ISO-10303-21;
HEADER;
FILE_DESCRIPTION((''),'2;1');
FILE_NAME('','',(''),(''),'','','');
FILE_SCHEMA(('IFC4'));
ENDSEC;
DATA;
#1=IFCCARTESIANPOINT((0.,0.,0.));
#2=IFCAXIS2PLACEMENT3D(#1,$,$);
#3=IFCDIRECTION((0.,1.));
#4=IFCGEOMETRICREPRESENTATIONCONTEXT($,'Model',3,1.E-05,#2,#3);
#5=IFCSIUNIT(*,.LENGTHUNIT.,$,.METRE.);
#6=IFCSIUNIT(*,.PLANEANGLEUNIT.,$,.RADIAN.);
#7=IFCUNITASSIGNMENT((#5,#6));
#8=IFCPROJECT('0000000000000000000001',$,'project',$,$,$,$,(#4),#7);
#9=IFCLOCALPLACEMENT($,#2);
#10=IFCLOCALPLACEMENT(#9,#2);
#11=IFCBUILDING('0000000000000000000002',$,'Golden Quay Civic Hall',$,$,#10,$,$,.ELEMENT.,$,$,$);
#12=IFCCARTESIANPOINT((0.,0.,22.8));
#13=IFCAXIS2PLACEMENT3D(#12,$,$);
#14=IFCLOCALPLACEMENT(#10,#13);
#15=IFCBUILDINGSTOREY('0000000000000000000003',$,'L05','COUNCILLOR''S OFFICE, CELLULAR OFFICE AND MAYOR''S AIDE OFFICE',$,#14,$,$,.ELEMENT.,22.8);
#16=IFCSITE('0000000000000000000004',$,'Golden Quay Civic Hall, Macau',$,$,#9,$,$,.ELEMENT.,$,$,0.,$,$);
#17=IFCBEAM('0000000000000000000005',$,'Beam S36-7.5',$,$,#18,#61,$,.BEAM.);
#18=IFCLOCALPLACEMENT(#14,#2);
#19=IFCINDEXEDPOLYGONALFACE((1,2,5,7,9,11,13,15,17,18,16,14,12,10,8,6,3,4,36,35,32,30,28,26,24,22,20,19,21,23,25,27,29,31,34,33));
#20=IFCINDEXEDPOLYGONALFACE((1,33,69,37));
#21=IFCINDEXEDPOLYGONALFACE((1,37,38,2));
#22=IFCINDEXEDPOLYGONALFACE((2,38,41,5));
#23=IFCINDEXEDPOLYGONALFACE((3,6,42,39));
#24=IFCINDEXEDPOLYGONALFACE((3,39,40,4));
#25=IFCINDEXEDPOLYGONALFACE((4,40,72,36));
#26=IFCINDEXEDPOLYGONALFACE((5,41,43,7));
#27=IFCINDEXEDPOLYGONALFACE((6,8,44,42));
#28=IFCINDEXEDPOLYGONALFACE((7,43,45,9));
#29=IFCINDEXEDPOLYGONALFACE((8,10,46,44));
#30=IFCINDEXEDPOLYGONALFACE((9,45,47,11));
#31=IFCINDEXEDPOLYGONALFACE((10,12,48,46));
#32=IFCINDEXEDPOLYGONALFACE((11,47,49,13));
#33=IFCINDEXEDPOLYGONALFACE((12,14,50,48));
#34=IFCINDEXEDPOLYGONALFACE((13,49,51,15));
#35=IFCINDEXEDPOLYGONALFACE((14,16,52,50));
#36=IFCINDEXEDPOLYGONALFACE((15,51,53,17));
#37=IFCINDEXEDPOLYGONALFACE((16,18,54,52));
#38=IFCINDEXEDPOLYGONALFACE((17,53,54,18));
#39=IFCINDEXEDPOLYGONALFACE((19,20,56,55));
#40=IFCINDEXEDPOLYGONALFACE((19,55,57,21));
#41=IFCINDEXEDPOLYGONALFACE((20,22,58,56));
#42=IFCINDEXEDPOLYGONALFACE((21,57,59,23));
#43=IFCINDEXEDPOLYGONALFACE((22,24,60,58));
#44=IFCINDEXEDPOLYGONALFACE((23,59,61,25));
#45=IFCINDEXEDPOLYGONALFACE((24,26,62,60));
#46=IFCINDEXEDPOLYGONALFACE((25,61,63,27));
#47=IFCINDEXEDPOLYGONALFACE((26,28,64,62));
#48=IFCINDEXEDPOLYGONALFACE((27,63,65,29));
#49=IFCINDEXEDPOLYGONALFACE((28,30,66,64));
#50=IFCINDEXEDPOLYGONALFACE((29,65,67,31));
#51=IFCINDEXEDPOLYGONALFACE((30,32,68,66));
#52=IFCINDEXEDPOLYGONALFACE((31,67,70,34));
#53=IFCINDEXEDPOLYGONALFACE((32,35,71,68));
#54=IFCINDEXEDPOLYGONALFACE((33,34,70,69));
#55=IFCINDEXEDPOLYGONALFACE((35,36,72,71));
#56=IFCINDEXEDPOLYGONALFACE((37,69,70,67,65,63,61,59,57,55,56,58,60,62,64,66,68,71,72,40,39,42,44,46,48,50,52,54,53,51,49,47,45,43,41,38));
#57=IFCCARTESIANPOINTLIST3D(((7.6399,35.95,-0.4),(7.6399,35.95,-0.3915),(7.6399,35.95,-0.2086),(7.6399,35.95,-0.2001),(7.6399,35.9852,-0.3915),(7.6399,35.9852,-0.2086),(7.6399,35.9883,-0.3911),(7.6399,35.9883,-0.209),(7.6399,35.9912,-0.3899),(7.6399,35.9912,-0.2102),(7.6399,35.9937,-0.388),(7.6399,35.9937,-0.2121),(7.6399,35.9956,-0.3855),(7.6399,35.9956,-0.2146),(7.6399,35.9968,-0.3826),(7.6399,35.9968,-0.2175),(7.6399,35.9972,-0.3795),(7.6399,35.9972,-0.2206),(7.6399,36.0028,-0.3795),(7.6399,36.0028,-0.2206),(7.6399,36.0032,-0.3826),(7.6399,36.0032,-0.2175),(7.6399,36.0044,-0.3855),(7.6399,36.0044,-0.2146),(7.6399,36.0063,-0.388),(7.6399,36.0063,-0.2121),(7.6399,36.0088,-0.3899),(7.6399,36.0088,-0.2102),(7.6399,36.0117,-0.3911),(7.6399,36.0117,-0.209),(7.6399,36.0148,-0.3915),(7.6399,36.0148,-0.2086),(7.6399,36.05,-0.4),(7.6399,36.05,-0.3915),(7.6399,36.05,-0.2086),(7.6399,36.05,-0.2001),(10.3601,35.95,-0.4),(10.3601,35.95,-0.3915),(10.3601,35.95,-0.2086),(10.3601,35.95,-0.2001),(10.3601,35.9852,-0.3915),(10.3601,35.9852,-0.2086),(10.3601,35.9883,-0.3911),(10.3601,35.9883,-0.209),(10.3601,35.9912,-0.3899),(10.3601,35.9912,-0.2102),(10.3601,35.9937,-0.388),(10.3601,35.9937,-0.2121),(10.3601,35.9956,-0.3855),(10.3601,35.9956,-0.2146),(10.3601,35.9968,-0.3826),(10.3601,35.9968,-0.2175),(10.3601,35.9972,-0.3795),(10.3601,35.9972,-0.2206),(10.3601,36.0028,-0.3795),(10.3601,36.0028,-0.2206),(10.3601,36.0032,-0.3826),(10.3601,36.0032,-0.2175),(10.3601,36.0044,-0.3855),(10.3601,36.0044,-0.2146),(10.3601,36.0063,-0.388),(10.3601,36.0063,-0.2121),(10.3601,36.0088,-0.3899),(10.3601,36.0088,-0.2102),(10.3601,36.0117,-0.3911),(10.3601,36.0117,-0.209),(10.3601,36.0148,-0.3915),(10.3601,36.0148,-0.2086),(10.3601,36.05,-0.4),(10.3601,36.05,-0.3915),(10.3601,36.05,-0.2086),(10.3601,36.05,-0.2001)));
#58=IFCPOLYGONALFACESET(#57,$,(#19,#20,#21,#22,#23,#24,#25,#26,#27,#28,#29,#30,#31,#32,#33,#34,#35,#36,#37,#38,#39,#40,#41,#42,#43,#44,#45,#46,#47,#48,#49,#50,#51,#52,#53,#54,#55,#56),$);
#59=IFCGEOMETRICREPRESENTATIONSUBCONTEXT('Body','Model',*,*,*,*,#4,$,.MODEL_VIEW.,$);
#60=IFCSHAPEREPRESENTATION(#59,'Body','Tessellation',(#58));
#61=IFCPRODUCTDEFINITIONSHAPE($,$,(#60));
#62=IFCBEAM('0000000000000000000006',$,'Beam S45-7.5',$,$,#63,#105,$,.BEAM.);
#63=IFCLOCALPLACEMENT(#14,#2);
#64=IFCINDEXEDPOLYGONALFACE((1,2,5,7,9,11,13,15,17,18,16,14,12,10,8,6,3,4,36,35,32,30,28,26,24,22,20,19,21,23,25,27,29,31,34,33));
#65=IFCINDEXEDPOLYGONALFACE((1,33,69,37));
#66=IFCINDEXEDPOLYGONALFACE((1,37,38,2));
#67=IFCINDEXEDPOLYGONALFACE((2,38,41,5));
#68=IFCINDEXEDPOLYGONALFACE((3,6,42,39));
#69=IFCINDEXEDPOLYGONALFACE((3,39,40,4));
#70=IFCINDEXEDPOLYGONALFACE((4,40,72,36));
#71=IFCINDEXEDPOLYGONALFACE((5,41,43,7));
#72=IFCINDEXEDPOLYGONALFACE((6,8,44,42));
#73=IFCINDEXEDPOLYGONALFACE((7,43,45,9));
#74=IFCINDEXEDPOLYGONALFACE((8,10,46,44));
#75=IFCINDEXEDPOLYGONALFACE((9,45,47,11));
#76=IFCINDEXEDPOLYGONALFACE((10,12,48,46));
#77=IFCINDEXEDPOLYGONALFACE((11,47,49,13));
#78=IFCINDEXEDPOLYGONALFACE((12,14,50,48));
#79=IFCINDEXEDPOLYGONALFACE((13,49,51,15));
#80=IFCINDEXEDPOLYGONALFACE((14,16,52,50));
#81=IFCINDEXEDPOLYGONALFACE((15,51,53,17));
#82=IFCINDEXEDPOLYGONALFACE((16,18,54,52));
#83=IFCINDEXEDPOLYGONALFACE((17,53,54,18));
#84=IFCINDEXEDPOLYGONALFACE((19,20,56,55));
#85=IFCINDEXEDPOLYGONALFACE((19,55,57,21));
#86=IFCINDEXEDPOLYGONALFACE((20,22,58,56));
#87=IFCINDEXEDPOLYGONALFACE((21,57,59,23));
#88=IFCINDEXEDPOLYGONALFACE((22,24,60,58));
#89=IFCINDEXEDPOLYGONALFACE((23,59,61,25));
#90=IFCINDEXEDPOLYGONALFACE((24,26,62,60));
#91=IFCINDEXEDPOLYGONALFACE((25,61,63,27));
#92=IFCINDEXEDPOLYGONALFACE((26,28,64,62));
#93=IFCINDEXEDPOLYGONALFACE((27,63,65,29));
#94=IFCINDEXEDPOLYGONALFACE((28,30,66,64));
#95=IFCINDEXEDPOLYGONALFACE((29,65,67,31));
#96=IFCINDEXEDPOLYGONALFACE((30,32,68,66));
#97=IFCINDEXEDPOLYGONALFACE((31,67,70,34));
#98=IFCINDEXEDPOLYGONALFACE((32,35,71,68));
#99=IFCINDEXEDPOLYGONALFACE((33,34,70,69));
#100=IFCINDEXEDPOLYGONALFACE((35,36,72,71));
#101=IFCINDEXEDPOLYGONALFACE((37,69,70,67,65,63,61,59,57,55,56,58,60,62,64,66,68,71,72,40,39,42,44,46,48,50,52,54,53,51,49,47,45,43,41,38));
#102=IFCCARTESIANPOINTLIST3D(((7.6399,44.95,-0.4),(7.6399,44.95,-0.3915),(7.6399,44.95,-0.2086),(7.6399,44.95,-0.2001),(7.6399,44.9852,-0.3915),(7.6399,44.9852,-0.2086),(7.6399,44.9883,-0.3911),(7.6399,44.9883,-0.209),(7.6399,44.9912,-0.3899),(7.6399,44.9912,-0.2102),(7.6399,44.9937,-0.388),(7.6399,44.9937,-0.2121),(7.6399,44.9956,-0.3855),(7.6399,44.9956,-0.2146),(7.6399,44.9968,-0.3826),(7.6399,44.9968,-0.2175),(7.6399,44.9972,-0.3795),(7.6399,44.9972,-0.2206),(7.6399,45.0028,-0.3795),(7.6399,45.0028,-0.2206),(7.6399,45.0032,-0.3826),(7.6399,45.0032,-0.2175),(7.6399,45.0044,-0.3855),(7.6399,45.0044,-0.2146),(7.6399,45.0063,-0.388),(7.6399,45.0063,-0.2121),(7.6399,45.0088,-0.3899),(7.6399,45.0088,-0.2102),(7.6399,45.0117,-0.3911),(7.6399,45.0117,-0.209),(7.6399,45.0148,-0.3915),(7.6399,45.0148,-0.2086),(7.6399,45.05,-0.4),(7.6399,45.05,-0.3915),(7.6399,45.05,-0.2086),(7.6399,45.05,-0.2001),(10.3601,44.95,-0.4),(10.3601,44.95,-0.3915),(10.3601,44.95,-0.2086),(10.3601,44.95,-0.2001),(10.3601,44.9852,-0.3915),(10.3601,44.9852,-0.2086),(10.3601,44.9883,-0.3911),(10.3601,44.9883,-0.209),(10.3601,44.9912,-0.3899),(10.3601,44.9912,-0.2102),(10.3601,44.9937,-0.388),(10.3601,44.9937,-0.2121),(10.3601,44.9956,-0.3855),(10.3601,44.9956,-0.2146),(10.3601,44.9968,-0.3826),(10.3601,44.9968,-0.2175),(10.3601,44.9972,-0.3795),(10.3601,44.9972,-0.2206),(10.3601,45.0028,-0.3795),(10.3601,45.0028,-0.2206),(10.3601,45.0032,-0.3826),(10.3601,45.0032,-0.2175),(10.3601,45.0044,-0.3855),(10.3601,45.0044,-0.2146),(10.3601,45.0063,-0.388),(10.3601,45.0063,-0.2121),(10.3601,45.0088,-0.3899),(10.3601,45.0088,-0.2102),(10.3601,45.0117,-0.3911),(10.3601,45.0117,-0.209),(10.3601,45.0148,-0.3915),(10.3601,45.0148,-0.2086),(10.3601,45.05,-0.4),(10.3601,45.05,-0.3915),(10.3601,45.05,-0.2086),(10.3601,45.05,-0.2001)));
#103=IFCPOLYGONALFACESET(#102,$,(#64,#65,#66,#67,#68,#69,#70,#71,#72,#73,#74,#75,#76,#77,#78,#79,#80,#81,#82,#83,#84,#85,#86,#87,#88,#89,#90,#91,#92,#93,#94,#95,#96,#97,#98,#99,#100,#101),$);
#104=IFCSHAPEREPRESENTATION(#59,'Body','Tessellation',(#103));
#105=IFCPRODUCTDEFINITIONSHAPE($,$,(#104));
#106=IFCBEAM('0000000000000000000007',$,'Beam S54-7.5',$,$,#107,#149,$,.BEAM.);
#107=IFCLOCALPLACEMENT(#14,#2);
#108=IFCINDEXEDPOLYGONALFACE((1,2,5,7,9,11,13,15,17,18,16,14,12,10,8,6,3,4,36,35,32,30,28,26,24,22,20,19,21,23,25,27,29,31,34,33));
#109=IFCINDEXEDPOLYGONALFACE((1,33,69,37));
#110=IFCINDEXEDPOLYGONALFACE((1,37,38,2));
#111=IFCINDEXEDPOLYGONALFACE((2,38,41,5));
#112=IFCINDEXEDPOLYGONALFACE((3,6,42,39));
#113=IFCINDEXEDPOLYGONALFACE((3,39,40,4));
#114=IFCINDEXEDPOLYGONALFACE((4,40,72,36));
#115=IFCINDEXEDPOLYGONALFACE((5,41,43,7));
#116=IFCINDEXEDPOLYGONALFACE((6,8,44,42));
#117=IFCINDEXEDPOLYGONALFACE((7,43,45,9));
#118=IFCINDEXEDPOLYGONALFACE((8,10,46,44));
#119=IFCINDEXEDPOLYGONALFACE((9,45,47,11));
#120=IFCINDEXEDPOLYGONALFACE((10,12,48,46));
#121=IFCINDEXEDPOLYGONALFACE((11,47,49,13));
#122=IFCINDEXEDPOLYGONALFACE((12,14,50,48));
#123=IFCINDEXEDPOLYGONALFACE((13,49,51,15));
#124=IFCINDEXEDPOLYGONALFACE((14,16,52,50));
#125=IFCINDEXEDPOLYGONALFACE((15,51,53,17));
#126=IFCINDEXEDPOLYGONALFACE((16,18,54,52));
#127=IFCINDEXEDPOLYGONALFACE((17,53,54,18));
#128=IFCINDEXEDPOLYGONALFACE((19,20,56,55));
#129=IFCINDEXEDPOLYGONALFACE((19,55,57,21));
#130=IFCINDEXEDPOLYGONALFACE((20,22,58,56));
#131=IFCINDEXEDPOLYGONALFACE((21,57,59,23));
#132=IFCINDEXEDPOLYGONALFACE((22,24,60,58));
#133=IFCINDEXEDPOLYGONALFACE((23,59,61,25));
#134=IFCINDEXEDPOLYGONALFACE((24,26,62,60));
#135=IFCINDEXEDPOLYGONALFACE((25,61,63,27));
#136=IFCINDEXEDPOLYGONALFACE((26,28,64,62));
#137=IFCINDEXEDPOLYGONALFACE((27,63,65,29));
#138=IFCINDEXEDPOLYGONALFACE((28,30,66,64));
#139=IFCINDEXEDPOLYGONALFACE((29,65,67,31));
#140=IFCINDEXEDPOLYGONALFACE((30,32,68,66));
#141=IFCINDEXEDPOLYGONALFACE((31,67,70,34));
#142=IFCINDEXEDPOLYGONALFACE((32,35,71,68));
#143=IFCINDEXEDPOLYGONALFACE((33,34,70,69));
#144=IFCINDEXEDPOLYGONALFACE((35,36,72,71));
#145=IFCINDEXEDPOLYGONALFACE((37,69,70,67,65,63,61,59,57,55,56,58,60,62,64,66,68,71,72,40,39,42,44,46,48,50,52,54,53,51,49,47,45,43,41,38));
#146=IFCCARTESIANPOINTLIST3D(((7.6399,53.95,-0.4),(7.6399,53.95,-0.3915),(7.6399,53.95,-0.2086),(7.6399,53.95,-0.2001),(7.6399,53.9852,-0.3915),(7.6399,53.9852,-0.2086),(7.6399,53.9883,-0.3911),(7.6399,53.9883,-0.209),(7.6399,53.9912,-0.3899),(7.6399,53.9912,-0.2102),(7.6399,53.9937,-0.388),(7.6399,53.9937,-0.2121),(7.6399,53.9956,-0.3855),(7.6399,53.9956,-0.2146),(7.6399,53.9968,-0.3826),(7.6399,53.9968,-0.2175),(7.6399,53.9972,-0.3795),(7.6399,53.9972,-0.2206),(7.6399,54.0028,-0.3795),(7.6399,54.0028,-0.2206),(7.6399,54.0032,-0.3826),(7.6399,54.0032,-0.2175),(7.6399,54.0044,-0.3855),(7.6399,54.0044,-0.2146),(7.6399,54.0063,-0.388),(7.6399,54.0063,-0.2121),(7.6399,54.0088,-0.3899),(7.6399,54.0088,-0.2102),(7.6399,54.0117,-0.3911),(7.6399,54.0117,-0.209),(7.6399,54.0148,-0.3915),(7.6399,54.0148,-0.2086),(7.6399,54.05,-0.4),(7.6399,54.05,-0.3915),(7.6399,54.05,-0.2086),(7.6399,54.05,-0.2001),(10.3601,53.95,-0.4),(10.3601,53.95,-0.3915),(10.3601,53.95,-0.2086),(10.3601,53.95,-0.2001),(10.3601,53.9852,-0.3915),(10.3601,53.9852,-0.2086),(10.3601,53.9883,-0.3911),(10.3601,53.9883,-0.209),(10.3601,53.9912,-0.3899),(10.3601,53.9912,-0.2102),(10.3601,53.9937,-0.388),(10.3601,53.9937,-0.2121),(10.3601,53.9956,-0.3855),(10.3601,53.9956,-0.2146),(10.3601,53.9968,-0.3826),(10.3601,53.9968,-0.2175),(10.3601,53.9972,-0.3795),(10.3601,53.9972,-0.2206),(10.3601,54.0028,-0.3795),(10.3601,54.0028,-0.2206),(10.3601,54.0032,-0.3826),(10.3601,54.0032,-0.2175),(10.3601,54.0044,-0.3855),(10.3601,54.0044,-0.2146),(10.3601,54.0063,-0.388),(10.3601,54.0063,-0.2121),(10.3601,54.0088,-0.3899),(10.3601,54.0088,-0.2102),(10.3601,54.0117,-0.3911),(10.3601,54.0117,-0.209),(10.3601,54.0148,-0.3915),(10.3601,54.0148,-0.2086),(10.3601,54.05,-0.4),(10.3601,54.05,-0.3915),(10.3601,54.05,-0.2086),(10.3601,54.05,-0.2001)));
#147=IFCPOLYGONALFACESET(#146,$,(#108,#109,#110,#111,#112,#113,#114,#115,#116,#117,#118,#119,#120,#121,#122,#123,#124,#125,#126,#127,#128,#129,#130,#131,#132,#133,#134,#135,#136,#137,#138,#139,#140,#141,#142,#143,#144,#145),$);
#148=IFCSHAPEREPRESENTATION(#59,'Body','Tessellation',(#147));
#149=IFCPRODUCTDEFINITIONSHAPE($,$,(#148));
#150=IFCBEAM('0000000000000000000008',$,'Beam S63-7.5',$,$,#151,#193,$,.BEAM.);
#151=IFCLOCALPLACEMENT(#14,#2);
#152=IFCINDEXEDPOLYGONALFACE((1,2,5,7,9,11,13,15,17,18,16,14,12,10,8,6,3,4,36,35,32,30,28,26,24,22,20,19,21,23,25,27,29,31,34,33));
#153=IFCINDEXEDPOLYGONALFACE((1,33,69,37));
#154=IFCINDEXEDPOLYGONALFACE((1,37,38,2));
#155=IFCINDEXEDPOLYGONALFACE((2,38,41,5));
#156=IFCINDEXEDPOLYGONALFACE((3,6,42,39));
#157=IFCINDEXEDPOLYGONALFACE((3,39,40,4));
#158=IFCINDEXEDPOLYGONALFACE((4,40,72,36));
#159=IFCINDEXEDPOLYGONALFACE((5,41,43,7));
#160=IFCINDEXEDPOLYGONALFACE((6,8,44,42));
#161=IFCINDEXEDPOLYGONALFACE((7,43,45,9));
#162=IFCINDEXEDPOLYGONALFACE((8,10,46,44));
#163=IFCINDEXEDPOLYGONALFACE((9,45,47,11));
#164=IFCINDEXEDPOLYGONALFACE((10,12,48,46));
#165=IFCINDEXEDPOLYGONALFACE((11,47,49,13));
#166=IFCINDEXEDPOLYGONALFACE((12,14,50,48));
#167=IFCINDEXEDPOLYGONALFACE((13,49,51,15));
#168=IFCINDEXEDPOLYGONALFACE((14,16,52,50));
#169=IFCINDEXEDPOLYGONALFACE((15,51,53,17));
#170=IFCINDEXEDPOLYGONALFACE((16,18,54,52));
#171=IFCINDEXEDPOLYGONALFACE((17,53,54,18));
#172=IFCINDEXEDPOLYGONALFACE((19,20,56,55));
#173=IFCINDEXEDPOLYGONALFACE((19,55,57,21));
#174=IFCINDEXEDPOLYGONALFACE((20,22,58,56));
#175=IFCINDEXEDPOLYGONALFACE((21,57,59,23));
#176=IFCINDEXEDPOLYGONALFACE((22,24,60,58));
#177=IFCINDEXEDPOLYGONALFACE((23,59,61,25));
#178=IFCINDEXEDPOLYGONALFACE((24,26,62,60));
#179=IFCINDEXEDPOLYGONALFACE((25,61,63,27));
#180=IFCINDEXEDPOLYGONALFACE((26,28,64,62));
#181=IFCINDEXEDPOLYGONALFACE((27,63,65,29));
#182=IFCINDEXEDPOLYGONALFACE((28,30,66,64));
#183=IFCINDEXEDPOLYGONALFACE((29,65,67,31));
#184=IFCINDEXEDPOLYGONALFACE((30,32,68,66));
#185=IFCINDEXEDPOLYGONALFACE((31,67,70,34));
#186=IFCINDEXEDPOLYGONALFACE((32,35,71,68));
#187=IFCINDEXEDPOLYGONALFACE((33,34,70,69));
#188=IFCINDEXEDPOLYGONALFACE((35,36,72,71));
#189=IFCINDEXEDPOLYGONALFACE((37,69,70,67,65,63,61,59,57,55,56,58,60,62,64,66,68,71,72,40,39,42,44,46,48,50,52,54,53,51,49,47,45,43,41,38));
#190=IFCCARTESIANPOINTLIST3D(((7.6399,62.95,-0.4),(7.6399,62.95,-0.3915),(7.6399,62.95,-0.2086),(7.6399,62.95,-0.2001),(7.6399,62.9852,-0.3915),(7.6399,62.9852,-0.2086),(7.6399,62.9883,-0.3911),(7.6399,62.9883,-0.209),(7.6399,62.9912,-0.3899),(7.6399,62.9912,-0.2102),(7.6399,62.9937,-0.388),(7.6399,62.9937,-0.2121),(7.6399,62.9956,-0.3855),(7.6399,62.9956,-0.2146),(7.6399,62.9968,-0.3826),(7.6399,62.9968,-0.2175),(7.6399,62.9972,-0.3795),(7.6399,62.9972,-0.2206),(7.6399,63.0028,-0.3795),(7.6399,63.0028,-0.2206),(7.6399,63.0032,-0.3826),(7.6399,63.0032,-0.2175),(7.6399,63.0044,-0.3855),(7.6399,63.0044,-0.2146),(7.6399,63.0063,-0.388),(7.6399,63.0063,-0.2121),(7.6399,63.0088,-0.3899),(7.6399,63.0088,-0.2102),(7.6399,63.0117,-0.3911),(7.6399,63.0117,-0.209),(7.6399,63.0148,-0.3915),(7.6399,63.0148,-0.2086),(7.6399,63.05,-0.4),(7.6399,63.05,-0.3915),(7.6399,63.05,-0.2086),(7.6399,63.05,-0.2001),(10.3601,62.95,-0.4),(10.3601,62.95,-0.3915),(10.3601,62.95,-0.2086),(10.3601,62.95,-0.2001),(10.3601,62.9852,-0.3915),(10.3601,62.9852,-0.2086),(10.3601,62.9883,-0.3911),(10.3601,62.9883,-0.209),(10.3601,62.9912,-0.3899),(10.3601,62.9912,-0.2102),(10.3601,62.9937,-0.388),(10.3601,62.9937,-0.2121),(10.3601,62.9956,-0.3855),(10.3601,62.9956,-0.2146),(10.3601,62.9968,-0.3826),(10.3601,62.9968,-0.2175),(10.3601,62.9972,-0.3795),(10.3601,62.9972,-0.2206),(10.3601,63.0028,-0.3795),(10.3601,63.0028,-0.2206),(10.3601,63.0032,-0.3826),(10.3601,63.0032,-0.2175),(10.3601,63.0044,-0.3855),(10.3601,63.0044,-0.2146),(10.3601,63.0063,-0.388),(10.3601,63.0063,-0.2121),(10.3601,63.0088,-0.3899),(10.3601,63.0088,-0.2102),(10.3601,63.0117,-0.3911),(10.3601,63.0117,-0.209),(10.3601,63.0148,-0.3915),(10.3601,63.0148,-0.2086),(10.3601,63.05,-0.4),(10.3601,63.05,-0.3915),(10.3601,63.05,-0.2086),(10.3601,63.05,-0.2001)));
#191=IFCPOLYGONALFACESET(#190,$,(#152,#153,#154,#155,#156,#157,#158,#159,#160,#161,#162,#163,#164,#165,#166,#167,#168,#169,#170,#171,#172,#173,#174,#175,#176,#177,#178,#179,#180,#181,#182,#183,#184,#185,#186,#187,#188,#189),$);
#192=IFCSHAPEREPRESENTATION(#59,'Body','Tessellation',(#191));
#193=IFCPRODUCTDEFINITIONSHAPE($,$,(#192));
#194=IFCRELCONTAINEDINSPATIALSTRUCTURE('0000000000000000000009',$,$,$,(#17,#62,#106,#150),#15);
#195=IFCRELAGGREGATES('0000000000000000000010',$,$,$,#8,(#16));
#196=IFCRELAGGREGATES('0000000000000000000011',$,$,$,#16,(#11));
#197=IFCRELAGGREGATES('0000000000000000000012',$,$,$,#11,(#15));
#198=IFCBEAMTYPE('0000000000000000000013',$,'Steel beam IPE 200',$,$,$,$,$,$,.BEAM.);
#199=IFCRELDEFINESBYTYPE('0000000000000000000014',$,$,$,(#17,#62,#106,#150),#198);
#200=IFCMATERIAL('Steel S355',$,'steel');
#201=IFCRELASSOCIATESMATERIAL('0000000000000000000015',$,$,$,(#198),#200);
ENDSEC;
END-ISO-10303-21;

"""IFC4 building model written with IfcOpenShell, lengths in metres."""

from ifc_helpers import new_model, si_unit, direction, frame, origin, origin_2d, place, context, subcontext, project, spatial, i_section, extrude, material, material_profile, profile_set, type_object, element, save


model = new_model("IFC4")

# Units and contexts
model_context = context("Model", 3, precision=1e-05, world=origin(), true_north=direction((0.0, 1.0)))
body_context = subcontext(model_context, "Body", "Model", "MODEL_VIEW")
ifc_project = project(units=[si_unit("LENGTHUNIT", "METRE"), si_unit("PLANEANGLEUNIT", "RADIAN")], contexts=[model_context])

# Site, building, storey
site_placement = place(None, origin())
site = spatial("IfcSite", under=ifc_project, at=site_placement, Name="Golden Quay Civic Hall, Macau", CompositionType="ELEMENT", RefElevation=0.0)
building_placement = place(site_placement, origin())
building = spatial("IfcBuilding", under=site, at=building_placement, Name="Golden Quay Civic Hall", CompositionType="ELEMENT")
storey_placement = place(building_placement, frame((0.0, 0.0, 22.8)))
storey = spatial("IfcBuildingStorey", under=building, at=storey_placement, Name="L05", Description="COUNCILLOR'S OFFICE, CELLULAR OFFICE AND MAYOR'S AIDE OFFICE", CompositionType="ELEMENT", Elevation=22.8)

# Beams
ifc_material_1 = material(Name="Steel S355", Category="steel")
ifc_material_profile_1 = material_profile(ifc_material_1, i_section(OverallWidth=0.1001, OverallDepth=0.2, WebThickness=0.0056, FlangeThickness=0.0085, FilletRadius=0.012, at=origin_2d()), Name="IPE 200")
ifc_profile_set_1 = profile_set([ifc_material_profile_1], Name="Steel S355")
beam_type_1 = type_object("IfcBeamType", Name="Steel beam IPE 200", PredefinedType="BEAM", material=ifc_profile_set_1)
for number, where, z_axis, x_axis, name in (
    (1, (7.6399, 36.0, -0.3), (1.0, 0.0, 0.0), (0.0, 1.0, 0.0), "Beam S36-7.5"),
    (2, (7.6399, 45.0, -0.3), (1.0, 0.0, 0.0), (0.0, 1.0, 0.0), "Beam S45-7.5"),
    (3, (7.6399, 54.0, -0.3), (1.0, 0.0, 0.0), (0.0, 1.0, 0.0), "Beam S54-7.5"),
    (4, (7.6399, 63.0, -0.3), (1.0, 0.0, 0.0), (0.0, 1.0, 0.0), "Beam S63-7.5"),
):
    element("IfcBeam", number, at=place(storey_placement, frame(where, z_axis=z_axis, x_axis=x_axis)), inside=storey, type_object=beam_type_1, Name=name, PredefinedType="BEAM", context=body_context, shape_type="SweptSolid", body=[
        extrude(i_section(OverallWidth=0.1001, OverallDepth=0.2, WebThickness=0.0056, FlangeThickness=0.0085, FilletRadius=0.012, at=origin_2d()), origin(), (0.0, 0.0, 1.0), 2.7202),
    ])

save(model, "model.ifc")
